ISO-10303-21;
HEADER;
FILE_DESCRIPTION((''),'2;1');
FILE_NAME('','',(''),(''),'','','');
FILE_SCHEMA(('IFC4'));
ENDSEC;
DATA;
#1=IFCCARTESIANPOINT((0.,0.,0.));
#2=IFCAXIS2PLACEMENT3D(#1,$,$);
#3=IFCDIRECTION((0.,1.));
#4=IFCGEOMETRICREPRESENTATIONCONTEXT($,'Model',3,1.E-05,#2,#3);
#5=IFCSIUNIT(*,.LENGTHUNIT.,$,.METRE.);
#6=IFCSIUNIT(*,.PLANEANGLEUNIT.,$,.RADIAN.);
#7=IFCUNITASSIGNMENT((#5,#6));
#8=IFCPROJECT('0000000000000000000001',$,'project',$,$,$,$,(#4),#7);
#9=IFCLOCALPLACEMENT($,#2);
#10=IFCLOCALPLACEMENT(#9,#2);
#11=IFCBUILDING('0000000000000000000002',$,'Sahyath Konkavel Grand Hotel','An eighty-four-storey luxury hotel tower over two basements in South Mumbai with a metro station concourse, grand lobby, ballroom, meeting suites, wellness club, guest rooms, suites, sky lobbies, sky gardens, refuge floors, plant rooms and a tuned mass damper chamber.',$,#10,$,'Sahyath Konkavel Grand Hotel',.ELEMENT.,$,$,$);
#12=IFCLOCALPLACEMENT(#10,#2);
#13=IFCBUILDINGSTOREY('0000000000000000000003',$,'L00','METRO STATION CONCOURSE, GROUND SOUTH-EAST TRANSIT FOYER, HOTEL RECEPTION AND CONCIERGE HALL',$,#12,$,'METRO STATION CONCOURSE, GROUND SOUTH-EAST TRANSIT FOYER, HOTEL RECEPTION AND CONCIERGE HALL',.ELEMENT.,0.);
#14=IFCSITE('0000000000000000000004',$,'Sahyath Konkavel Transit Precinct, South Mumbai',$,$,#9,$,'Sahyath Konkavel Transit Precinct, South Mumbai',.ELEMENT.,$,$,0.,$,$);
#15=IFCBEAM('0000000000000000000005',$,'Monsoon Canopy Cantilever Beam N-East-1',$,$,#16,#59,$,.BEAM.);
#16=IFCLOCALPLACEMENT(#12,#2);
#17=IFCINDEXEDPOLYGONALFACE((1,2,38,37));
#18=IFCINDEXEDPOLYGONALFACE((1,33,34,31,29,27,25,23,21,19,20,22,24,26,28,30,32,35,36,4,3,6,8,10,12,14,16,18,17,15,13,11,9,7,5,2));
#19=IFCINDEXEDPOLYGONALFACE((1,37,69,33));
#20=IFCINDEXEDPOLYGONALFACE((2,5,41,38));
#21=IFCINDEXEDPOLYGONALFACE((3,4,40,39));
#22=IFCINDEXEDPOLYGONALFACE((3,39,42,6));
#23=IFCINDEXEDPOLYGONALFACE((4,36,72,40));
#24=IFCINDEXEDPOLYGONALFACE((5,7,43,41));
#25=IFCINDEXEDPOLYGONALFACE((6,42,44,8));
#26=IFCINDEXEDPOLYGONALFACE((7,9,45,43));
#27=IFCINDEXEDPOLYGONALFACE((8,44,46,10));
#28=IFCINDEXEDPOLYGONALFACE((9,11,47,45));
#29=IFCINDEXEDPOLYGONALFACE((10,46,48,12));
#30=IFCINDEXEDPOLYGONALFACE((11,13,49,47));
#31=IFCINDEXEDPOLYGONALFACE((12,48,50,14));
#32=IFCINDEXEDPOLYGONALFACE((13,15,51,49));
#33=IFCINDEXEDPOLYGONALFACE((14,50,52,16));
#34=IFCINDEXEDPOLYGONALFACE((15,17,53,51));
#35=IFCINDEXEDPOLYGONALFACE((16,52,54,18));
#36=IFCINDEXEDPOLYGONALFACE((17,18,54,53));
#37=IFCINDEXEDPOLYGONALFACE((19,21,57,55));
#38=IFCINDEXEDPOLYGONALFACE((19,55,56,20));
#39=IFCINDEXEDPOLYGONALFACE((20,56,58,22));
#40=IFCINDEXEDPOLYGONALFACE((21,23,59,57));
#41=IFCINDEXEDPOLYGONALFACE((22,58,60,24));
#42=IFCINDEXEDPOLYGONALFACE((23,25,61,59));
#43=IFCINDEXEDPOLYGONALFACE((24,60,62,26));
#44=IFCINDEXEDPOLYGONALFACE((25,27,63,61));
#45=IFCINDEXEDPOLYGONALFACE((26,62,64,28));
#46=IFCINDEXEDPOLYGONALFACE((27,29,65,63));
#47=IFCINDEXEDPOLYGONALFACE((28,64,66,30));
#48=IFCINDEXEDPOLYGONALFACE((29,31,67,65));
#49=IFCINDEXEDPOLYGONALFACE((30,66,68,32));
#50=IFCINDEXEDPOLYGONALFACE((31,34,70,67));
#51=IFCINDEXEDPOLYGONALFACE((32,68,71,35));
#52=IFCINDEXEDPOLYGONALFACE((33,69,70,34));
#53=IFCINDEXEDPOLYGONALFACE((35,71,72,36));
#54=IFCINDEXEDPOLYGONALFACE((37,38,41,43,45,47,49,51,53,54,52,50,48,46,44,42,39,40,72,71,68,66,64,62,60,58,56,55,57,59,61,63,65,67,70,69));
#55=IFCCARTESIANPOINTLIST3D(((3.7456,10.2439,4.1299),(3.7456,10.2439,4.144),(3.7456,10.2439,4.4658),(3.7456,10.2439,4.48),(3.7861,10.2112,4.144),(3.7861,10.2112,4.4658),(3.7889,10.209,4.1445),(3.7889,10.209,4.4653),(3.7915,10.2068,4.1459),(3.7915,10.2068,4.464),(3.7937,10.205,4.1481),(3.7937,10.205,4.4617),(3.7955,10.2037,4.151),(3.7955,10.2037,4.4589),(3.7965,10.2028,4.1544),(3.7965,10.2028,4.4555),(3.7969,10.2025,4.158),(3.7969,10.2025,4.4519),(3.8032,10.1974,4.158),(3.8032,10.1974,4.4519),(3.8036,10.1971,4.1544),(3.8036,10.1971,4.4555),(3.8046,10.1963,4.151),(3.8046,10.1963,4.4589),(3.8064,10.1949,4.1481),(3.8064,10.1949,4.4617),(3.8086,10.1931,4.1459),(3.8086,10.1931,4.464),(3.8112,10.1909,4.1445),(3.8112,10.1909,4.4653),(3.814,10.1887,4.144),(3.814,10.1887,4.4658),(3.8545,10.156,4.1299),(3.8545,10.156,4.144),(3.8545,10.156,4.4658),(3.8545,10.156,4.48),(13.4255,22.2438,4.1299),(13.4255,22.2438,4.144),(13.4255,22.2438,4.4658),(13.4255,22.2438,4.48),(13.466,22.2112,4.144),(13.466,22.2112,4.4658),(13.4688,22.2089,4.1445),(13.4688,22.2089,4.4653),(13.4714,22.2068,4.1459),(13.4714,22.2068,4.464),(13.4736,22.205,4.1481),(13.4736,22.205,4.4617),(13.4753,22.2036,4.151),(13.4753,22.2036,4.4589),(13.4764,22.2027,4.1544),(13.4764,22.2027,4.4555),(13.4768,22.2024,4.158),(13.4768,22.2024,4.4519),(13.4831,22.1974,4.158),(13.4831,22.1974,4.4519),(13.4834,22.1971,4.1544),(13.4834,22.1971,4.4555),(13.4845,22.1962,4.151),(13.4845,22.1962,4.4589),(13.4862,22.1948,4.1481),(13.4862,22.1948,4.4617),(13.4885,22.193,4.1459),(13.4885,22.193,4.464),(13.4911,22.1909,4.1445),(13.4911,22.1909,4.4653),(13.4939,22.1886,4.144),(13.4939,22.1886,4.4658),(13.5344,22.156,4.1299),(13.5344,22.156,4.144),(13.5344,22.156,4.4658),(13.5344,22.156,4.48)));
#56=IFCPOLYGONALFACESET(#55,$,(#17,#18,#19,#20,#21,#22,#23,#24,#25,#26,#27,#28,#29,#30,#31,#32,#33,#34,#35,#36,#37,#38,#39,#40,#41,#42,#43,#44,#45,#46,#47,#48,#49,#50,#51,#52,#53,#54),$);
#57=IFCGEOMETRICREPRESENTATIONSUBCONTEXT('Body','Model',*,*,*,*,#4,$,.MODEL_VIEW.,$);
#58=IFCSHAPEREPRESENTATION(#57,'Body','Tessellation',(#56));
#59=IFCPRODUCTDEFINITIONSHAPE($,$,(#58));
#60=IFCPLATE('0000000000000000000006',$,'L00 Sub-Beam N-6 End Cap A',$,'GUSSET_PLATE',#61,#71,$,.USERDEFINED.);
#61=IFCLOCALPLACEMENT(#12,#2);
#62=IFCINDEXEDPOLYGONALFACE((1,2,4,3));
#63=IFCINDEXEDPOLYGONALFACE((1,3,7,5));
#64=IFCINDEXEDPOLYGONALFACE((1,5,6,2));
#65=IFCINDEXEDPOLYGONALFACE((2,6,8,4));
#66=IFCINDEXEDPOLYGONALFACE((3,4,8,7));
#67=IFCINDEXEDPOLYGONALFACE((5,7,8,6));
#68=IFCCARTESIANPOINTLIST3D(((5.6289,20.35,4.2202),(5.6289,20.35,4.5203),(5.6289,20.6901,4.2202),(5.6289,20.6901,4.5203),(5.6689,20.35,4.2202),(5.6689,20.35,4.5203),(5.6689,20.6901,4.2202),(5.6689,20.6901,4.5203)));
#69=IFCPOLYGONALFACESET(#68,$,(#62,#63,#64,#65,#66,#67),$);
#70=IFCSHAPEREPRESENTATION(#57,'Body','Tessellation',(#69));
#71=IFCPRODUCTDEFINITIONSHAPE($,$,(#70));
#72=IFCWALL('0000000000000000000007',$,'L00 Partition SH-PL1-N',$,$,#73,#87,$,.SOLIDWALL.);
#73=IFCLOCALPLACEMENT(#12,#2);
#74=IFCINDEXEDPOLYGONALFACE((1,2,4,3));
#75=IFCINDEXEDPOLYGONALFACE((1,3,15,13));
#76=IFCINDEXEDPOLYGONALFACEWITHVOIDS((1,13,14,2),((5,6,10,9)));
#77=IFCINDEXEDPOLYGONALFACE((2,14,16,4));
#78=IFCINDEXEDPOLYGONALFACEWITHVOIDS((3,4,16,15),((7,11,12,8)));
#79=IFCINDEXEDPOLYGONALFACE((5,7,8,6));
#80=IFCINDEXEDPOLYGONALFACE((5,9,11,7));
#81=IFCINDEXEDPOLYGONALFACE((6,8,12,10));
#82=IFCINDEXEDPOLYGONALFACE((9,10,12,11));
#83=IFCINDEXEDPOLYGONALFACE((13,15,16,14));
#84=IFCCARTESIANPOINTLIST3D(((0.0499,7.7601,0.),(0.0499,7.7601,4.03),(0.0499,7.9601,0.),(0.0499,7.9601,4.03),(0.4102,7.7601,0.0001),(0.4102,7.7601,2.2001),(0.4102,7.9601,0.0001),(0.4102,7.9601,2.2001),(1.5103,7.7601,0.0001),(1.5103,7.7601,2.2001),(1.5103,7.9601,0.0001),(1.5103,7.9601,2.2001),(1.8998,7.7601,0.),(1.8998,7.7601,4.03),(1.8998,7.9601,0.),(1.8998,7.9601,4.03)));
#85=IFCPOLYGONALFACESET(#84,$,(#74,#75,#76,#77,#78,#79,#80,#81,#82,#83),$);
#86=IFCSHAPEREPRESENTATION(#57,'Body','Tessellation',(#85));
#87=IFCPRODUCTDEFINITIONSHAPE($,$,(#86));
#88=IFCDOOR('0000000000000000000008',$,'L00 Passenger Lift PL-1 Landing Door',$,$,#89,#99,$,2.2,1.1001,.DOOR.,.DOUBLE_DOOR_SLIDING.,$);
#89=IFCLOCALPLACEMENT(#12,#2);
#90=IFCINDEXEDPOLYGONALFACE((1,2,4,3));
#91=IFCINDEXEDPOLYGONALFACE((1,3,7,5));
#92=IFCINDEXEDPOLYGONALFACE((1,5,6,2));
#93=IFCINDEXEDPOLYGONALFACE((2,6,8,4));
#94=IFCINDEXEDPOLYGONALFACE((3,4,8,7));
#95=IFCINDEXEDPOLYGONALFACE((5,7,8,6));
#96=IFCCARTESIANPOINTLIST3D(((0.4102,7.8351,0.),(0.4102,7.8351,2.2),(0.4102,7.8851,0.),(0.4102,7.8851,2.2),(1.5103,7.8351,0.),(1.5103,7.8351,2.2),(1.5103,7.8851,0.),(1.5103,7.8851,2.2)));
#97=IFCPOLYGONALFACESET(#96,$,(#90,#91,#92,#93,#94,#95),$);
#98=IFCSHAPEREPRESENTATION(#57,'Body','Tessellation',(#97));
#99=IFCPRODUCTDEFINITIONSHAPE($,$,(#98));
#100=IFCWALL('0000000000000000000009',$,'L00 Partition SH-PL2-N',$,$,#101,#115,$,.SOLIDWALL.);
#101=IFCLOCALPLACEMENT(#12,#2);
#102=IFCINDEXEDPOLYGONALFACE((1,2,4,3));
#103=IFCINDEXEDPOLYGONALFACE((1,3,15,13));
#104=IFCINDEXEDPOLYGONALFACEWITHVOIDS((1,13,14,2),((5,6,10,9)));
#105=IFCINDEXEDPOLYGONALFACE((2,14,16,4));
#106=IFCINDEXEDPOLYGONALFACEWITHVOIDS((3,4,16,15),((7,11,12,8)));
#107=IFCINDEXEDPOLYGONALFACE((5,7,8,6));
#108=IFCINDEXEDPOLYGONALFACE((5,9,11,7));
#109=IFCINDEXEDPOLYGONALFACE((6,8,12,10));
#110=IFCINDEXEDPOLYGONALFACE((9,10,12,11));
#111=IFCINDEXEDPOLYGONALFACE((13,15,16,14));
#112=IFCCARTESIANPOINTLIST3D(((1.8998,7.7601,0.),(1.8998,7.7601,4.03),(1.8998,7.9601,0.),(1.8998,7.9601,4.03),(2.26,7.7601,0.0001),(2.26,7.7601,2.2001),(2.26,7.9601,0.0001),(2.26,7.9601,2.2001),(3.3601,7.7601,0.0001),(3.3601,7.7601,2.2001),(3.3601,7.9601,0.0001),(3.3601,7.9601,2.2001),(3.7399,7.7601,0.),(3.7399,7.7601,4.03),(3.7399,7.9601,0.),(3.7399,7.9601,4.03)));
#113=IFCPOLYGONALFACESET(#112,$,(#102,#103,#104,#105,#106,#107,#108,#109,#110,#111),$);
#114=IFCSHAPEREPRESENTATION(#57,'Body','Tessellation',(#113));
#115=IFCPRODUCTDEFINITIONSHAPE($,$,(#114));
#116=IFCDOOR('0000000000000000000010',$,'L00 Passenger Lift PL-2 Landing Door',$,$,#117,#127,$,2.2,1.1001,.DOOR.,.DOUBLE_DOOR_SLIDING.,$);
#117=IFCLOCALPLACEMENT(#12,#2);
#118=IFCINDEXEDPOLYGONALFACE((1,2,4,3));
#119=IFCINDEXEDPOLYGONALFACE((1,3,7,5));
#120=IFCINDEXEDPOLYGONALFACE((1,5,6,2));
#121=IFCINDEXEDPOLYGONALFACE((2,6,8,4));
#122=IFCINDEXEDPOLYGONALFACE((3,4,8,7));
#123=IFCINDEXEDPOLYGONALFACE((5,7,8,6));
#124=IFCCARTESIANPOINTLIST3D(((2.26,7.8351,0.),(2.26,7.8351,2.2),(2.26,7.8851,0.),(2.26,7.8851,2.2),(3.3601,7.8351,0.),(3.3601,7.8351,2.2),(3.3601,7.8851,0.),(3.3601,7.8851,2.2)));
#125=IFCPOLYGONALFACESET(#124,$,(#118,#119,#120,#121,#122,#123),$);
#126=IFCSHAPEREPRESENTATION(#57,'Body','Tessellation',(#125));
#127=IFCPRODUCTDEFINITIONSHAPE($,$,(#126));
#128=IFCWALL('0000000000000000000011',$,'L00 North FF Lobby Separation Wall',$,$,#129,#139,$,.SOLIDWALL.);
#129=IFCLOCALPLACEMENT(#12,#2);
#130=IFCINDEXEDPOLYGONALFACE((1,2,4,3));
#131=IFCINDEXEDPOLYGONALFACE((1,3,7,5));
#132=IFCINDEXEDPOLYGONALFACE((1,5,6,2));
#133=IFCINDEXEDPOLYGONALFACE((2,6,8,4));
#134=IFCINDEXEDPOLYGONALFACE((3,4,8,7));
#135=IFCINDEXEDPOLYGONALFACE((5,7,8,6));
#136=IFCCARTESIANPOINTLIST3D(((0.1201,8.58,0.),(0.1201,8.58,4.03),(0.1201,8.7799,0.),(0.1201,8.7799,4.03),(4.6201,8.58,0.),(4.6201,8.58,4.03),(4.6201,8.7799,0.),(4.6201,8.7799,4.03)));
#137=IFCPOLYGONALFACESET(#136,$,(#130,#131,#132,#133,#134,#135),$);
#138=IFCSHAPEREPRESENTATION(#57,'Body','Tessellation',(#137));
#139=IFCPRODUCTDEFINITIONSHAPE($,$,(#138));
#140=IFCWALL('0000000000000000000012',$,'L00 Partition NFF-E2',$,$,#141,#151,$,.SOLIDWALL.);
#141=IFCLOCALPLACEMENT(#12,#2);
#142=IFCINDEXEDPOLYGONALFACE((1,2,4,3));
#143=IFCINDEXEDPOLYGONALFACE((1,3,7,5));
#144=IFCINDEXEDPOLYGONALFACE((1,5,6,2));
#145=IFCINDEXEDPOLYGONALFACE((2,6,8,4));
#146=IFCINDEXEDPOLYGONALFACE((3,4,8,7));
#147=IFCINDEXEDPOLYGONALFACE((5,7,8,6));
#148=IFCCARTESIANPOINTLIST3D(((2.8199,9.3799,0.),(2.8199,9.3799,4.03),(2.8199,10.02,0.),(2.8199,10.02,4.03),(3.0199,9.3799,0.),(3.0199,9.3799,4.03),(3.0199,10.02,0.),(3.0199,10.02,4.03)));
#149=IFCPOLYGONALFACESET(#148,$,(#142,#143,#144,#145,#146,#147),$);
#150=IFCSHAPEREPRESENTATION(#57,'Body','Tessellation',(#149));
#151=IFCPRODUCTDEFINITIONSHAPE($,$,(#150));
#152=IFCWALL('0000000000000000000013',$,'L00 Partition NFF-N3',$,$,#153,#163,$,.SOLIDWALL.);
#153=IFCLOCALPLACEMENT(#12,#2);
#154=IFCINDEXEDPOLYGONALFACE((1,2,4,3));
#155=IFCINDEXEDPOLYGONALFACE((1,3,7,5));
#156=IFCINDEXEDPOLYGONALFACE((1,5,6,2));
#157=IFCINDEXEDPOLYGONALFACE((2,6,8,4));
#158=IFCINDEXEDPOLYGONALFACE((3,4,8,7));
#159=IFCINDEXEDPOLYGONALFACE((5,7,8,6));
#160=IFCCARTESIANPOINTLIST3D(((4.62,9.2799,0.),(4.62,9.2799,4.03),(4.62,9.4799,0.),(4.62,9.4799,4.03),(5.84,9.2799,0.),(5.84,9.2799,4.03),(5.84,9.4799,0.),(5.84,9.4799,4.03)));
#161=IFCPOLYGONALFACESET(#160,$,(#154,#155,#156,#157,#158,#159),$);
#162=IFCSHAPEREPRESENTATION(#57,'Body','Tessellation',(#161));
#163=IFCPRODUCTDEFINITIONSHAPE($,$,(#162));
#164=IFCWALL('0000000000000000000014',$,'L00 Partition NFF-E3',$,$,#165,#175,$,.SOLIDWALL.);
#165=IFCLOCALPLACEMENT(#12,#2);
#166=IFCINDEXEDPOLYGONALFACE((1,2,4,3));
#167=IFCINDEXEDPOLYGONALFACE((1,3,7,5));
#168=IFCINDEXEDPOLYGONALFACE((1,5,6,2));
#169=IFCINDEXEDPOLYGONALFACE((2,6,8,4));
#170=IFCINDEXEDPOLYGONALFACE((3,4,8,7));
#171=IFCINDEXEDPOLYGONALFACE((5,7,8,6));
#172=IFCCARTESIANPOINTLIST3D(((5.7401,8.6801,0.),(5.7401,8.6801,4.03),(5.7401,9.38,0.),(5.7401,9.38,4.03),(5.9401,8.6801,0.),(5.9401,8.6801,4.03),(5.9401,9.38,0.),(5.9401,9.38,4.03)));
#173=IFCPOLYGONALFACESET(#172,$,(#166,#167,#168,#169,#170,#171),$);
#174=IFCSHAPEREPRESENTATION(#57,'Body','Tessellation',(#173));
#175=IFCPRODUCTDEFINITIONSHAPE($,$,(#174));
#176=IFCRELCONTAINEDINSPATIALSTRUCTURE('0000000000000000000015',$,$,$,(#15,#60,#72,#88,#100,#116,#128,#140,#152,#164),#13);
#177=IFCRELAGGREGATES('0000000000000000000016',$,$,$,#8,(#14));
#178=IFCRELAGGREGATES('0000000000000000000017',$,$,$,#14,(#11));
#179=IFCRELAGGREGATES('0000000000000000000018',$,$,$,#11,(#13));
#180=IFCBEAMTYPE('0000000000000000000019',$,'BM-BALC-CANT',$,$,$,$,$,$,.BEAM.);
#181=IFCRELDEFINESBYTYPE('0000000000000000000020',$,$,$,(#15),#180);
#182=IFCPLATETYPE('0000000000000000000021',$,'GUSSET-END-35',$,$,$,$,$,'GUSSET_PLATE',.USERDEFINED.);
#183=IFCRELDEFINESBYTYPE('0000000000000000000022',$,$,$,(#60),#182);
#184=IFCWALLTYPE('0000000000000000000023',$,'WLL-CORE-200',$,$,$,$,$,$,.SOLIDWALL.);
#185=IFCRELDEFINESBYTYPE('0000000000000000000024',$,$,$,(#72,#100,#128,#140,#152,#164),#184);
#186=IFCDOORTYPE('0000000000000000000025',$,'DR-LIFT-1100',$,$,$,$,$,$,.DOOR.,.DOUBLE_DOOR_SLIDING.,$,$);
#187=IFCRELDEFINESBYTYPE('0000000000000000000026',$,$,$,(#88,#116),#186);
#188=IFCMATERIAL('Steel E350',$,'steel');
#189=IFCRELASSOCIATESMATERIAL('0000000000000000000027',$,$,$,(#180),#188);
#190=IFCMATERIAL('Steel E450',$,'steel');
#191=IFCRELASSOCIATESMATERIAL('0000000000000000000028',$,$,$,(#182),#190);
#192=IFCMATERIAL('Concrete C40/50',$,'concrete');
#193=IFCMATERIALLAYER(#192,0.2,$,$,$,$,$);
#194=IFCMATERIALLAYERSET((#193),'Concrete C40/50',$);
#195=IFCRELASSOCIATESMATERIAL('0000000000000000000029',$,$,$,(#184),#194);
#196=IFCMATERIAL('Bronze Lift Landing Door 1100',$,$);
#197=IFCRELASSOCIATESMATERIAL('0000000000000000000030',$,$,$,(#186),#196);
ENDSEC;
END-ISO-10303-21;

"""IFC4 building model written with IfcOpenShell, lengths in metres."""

from ifc_helpers import new_model, si_unit, direction, frame, frame_2d, origin, origin_2d, place, context, subcontext, project, spatial, rectangle, i_section, extrude, source, transform, mapped, material, layer, layer_set, material_profile, profile_set, type_object, element, fill, save


model = new_model("IFC4")

# Units and contexts
model_context = context("Model", 3, precision=1e-05, world=origin(), true_north=direction((0.0, 1.0)))
body_context = subcontext(model_context, "Body", "Model", "MODEL_VIEW")
ifc_project = project(units=[si_unit("LENGTHUNIT", "METRE"), si_unit("PLANEANGLEUNIT", "RADIAN")], contexts=[model_context])

# Site, building, storey
site_placement = place(None, origin())
site = spatial("IfcSite", under=ifc_project, at=site_placement, Name="Sahyath Konkavel Transit Precinct, South Mumbai", LongName="Sahyath Konkavel Transit Precinct, South Mumbai", CompositionType="ELEMENT", RefElevation=0.0)
building_placement = place(site_placement, origin())
building = spatial("IfcBuilding", under=site, at=building_placement, Name="Sahyath Konkavel Grand Hotel", Description="An eighty-four-storey luxury hotel tower over two basements in South Mumbai with a metro station concourse, grand lobby, ballroom, meeting suites, wellness club, guest rooms, suites, sky lobbies, sky gardens, refuge floors, plant rooms and a tuned mass damper chamber.", LongName="Sahyath Konkavel Grand Hotel", CompositionType="ELEMENT")
storey_placement = place(building_placement, origin())
storey = spatial("IfcBuildingStorey", under=building, at=storey_placement, Name="L00", Description="METRO STATION CONCOURSE, GROUND SOUTH-EAST TRANSIT FOYER, HOTEL RECEPTION AND CONCIERGE HALL", LongName="METRO STATION CONCOURSE, GROUND SOUTH-EAST TRANSIT FOYER, HOTEL RECEPTION AND CONCIERGE HALL", CompositionType="ELEMENT", Elevation=0.0)

# Beam
ifc_material_1 = material(Name="Steel E350", Category="steel")
ifc_material_profile_1 = material_profile(ifc_material_1, i_section(OverallWidth=0.1399, OverallDepth=0.3501, WebThickness=0.0081, FlangeThickness=0.0142, FilletRadius=0.0139, at=origin_2d()), Name="ISMB 350")
ifc_profile_set_1 = profile_set([ifc_material_profile_1], Name="Steel E350")
beam_type_1 = type_object("IfcBeamType", Name="BM-BALC-CANT", PredefinedType="BEAM", material=ifc_profile_set_1)
shared_shape_1 = source(origin(), body_context, "Body", "SweptSolid", [
    extrude(i_section(OverallWidth=0.1399, OverallDepth=0.3501, WebThickness=0.0081, FlangeThickness=0.0142, FilletRadius=0.0139, at=origin_2d()), origin(), (0.0, 0.0, 1.0), 15.4175),
])
beam_1_placement = place(storey_placement, frame((3.8, 10.2, 4.3049), z_axis=(0.627851, 0.778333, 0.0), x_axis=(-0.778333, 0.627851, 0.0)))
element("IfcBeam", 1, at=beam_1_placement, inside=storey, type_object=beam_type_1, Name="Monsoon Canopy Cantilever Beam N-East-1", PredefinedType="BEAM", context=body_context, shape_type="MappedRepresentation", body=[
    mapped(shared_shape_1, transform((0.0, 0.0, 0.0), scale=1.0)),
])

# Plate
ifc_material_2 = material(Name="Steel E450", Category="steel")
plate_type = type_object("IfcPlateType", Name="GUSSET-END-35", ElementType="GUSSET_PLATE", PredefinedType="USERDEFINED", material=ifc_material_2)
shared_shape_2 = source(origin(), body_context, "Body", "SweptSolid", [
    extrude(rectangle(XDim=0.04, YDim=0.3401, at=origin_2d()), origin(), (0.0, 0.0, 1.0), 0.3),
])
plate_placement = place(storey_placement, frame((5.6489, 20.52, 4.2202), z_axis=(0.0, 0.0, 1.0), x_axis=(-1.0, 0.0, 0.0)))
element("IfcPlate", 2, at=plate_placement, inside=storey, type_object=plate_type, Name="L00 Sub-Beam N-6 End Cap A", ObjectType="GUSSET_PLATE", PredefinedType="USERDEFINED", context=body_context, shape_type="MappedRepresentation", body=[
    mapped(shared_shape_2, transform((0.0, 0.0, 0.0), scale=1.0)),
])

# Walls, openings, doors
ifc_material_3 = material(Name="Concrete C40/50", Category="concrete")
ifc_layer = layer(ifc_material_3, 0.2)
ifc_layer_set = layer_set([ifc_layer], Name="Concrete C40/50")
wall_type = type_object("IfcWallType", Name="WLL-CORE-200", PredefinedType="SOLIDWALL", material=ifc_layer_set)
wall_1_placement = place(storey_placement, frame((0.05, 7.8601, 0.0), z_axis=(0.0, 0.0, 1.0), x_axis=(1.0, 0.0, 0.0)))
wall_1 = element("IfcWall", 3, at=wall_1_placement, inside=storey, type_object=wall_type, Name="L00 Partition SH-PL1-N", PredefinedType="SOLIDWALL", context=body_context, shape_type="SweptSolid", body=[
    extrude(rectangle(XDim=1.8499, YDim=0.2, at=frame_2d((0.9248, 0.0))), origin(), (0.0, 0.0, 1.0), 4.03),
])
opening_1_placement = place(wall_1_placement, frame((0.3601, 0.0, 0.0)))
opening_1 = element("IfcOpeningElement", 4, at=opening_1_placement, cuts=wall_1, PredefinedType="OPENING", context=body_context, shape_type="SweptSolid", body=[
    extrude(rectangle(XDim=1.1001, YDim=2.2, at=frame_2d((0.55, 1.1001))), frame((0.0, 0.1099, 0.0), z_axis=(0.0, -1.0, 0.0), x_axis=(1.0, 0.0, 0.0)), (0.0, 0.0, 1.0), 0.22),
])
ifc_material_4 = material(Name="Bronze Lift Landing Door 1100")
door_type_1 = type_object("IfcDoorType", Name="DR-LIFT-1100", OperationType="DOUBLE_DOOR_SLIDING", PredefinedType="DOOR", material=ifc_material_4)
shared_shape_3 = source(origin(), body_context, "Body", "SweptSolid", [
    extrude(rectangle(XDim=1.1001, YDim=0.05, at=origin_2d()), origin(), (0.0, 0.0, 1.0), 2.2),
])
door_1_placement = place(opening_1_placement, frame((0.55, 0.0, 0.0)))
door_1 = element("IfcDoor", 5, at=door_1_placement, inside=storey, type_object=door_type_1, Name="L00 Passenger Lift PL-1 Landing Door", OperationType="DOUBLE_DOOR_SLIDING", OverallHeight=2.2, OverallWidth=1.1001, PredefinedType="DOOR", context=body_context, shape_type="MappedRepresentation", body=[
    mapped(shared_shape_3, transform((0.0, 0.0, 0.0), scale=1.0)),
])
fill(opening_1, door_1)
wall_2_placement = place(storey_placement, frame((1.8999, 7.8601, 0.0), z_axis=(0.0, 0.0, 1.0), x_axis=(1.0, 0.0, 0.0)))
wall_2 = element("IfcWall", 6, at=wall_2_placement, inside=storey, type_object=wall_type, Name="L00 Partition SH-PL2-N", PredefinedType="SOLIDWALL", context=body_context, shape_type="SweptSolid", body=[
    extrude(rectangle(XDim=1.8401, YDim=0.2, at=frame_2d((0.9199, 0.0))), origin(), (0.0, 0.0, 1.0), 4.03),
])
opening_2_placement = place(wall_2_placement, frame((0.3601, 0.0, 0.0)))
opening_2 = element("IfcOpeningElement", 7, at=opening_2_placement, cuts=wall_2, PredefinedType="OPENING", context=body_context, shape_type="SweptSolid", body=[
    extrude(rectangle(XDim=1.1001, YDim=2.2, at=frame_2d((0.55, 1.1001))), frame((0.0, 0.1099, 0.0), z_axis=(0.0, -1.0, 0.0), x_axis=(1.0, 0.0, 0.0)), (0.0, 0.0, 1.0), 0.22),
])
door_2_placement = place(opening_2_placement, frame((0.55, 0.0, 0.0)))
door_2 = element("IfcDoor", 8, at=door_2_placement, inside=storey, type_object=door_type_1, Name="L00 Passenger Lift PL-2 Landing Door", OperationType="DOUBLE_DOOR_SLIDING", OverallHeight=2.2, OverallWidth=1.1001, PredefinedType="DOOR", context=body_context, shape_type="MappedRepresentation", body=[
    mapped(shared_shape_3, transform((0.0, 0.0, 0.0), scale=1.0)),
])
fill(opening_2, door_2)

# Walls
wall_3_placement = place(storey_placement, frame((0.1201, 8.6799, 0.0), z_axis=(0.0, 0.0, 1.0), x_axis=(1.0, 0.0, 0.0)))
element("IfcWall", 9, at=wall_3_placement, inside=storey, type_object=wall_type, Name="L00 North FF Lobby Separation Wall", PredefinedType="SOLIDWALL", context=body_context, shape_type="SweptSolid", body=[
    extrude(rectangle(XDim=4.5, YDim=0.2, at=frame_2d((2.25, 0.0))), origin(), (0.0, 0.0, 1.0), 4.03),
])
wall_4_placement = place(storey_placement, frame((2.9199, 9.3799, 0.0), z_axis=(0.0, 0.0, 1.0), x_axis=(0.0, 1.0, 0.0)))
element("IfcWall", 10, at=wall_4_placement, inside=storey, type_object=wall_type, Name="L00 Partition NFF-E2", PredefinedType="SOLIDWALL", context=body_context, shape_type="SweptSolid", body=[
    extrude(rectangle(XDim=0.6401, YDim=0.2, at=frame_2d((0.3201, 0.0))), origin(), (0.0, 0.0, 1.0), 4.03),
])
wall_5_placement = place(storey_placement, frame((4.6201, 9.3799, 0.0), z_axis=(0.0, 0.0, 1.0), x_axis=(1.0, 0.0, 0.0)))
element("IfcWall", 11, at=wall_5_placement, inside=storey, type_object=wall_type, Name="L00 Partition NFF-N3", PredefinedType="SOLIDWALL", context=body_context, shape_type="SweptSolid", body=[
    extrude(rectangle(XDim=1.22, YDim=0.2, at=frame_2d((0.6099, 0.0))), origin(), (0.0, 0.0, 1.0), 4.03),
])
wall_6_placement = place(storey_placement, frame((5.8401, 8.6799, 0.0), z_axis=(0.0, 0.0, 1.0), x_axis=(0.0, 1.0, 0.0)))
element("IfcWall", 12, at=wall_6_placement, inside=storey, type_object=wall_type, Name="L00 Partition NFF-E3", PredefinedType="SOLIDWALL", context=body_context, shape_type="SweptSolid", body=[
    extrude(rectangle(XDim=0.7, YDim=0.2, at=frame_2d((0.3501, 0.0))), origin(), (0.0, 0.0, 1.0), 4.03),
])

save(model, "model.ifc")
